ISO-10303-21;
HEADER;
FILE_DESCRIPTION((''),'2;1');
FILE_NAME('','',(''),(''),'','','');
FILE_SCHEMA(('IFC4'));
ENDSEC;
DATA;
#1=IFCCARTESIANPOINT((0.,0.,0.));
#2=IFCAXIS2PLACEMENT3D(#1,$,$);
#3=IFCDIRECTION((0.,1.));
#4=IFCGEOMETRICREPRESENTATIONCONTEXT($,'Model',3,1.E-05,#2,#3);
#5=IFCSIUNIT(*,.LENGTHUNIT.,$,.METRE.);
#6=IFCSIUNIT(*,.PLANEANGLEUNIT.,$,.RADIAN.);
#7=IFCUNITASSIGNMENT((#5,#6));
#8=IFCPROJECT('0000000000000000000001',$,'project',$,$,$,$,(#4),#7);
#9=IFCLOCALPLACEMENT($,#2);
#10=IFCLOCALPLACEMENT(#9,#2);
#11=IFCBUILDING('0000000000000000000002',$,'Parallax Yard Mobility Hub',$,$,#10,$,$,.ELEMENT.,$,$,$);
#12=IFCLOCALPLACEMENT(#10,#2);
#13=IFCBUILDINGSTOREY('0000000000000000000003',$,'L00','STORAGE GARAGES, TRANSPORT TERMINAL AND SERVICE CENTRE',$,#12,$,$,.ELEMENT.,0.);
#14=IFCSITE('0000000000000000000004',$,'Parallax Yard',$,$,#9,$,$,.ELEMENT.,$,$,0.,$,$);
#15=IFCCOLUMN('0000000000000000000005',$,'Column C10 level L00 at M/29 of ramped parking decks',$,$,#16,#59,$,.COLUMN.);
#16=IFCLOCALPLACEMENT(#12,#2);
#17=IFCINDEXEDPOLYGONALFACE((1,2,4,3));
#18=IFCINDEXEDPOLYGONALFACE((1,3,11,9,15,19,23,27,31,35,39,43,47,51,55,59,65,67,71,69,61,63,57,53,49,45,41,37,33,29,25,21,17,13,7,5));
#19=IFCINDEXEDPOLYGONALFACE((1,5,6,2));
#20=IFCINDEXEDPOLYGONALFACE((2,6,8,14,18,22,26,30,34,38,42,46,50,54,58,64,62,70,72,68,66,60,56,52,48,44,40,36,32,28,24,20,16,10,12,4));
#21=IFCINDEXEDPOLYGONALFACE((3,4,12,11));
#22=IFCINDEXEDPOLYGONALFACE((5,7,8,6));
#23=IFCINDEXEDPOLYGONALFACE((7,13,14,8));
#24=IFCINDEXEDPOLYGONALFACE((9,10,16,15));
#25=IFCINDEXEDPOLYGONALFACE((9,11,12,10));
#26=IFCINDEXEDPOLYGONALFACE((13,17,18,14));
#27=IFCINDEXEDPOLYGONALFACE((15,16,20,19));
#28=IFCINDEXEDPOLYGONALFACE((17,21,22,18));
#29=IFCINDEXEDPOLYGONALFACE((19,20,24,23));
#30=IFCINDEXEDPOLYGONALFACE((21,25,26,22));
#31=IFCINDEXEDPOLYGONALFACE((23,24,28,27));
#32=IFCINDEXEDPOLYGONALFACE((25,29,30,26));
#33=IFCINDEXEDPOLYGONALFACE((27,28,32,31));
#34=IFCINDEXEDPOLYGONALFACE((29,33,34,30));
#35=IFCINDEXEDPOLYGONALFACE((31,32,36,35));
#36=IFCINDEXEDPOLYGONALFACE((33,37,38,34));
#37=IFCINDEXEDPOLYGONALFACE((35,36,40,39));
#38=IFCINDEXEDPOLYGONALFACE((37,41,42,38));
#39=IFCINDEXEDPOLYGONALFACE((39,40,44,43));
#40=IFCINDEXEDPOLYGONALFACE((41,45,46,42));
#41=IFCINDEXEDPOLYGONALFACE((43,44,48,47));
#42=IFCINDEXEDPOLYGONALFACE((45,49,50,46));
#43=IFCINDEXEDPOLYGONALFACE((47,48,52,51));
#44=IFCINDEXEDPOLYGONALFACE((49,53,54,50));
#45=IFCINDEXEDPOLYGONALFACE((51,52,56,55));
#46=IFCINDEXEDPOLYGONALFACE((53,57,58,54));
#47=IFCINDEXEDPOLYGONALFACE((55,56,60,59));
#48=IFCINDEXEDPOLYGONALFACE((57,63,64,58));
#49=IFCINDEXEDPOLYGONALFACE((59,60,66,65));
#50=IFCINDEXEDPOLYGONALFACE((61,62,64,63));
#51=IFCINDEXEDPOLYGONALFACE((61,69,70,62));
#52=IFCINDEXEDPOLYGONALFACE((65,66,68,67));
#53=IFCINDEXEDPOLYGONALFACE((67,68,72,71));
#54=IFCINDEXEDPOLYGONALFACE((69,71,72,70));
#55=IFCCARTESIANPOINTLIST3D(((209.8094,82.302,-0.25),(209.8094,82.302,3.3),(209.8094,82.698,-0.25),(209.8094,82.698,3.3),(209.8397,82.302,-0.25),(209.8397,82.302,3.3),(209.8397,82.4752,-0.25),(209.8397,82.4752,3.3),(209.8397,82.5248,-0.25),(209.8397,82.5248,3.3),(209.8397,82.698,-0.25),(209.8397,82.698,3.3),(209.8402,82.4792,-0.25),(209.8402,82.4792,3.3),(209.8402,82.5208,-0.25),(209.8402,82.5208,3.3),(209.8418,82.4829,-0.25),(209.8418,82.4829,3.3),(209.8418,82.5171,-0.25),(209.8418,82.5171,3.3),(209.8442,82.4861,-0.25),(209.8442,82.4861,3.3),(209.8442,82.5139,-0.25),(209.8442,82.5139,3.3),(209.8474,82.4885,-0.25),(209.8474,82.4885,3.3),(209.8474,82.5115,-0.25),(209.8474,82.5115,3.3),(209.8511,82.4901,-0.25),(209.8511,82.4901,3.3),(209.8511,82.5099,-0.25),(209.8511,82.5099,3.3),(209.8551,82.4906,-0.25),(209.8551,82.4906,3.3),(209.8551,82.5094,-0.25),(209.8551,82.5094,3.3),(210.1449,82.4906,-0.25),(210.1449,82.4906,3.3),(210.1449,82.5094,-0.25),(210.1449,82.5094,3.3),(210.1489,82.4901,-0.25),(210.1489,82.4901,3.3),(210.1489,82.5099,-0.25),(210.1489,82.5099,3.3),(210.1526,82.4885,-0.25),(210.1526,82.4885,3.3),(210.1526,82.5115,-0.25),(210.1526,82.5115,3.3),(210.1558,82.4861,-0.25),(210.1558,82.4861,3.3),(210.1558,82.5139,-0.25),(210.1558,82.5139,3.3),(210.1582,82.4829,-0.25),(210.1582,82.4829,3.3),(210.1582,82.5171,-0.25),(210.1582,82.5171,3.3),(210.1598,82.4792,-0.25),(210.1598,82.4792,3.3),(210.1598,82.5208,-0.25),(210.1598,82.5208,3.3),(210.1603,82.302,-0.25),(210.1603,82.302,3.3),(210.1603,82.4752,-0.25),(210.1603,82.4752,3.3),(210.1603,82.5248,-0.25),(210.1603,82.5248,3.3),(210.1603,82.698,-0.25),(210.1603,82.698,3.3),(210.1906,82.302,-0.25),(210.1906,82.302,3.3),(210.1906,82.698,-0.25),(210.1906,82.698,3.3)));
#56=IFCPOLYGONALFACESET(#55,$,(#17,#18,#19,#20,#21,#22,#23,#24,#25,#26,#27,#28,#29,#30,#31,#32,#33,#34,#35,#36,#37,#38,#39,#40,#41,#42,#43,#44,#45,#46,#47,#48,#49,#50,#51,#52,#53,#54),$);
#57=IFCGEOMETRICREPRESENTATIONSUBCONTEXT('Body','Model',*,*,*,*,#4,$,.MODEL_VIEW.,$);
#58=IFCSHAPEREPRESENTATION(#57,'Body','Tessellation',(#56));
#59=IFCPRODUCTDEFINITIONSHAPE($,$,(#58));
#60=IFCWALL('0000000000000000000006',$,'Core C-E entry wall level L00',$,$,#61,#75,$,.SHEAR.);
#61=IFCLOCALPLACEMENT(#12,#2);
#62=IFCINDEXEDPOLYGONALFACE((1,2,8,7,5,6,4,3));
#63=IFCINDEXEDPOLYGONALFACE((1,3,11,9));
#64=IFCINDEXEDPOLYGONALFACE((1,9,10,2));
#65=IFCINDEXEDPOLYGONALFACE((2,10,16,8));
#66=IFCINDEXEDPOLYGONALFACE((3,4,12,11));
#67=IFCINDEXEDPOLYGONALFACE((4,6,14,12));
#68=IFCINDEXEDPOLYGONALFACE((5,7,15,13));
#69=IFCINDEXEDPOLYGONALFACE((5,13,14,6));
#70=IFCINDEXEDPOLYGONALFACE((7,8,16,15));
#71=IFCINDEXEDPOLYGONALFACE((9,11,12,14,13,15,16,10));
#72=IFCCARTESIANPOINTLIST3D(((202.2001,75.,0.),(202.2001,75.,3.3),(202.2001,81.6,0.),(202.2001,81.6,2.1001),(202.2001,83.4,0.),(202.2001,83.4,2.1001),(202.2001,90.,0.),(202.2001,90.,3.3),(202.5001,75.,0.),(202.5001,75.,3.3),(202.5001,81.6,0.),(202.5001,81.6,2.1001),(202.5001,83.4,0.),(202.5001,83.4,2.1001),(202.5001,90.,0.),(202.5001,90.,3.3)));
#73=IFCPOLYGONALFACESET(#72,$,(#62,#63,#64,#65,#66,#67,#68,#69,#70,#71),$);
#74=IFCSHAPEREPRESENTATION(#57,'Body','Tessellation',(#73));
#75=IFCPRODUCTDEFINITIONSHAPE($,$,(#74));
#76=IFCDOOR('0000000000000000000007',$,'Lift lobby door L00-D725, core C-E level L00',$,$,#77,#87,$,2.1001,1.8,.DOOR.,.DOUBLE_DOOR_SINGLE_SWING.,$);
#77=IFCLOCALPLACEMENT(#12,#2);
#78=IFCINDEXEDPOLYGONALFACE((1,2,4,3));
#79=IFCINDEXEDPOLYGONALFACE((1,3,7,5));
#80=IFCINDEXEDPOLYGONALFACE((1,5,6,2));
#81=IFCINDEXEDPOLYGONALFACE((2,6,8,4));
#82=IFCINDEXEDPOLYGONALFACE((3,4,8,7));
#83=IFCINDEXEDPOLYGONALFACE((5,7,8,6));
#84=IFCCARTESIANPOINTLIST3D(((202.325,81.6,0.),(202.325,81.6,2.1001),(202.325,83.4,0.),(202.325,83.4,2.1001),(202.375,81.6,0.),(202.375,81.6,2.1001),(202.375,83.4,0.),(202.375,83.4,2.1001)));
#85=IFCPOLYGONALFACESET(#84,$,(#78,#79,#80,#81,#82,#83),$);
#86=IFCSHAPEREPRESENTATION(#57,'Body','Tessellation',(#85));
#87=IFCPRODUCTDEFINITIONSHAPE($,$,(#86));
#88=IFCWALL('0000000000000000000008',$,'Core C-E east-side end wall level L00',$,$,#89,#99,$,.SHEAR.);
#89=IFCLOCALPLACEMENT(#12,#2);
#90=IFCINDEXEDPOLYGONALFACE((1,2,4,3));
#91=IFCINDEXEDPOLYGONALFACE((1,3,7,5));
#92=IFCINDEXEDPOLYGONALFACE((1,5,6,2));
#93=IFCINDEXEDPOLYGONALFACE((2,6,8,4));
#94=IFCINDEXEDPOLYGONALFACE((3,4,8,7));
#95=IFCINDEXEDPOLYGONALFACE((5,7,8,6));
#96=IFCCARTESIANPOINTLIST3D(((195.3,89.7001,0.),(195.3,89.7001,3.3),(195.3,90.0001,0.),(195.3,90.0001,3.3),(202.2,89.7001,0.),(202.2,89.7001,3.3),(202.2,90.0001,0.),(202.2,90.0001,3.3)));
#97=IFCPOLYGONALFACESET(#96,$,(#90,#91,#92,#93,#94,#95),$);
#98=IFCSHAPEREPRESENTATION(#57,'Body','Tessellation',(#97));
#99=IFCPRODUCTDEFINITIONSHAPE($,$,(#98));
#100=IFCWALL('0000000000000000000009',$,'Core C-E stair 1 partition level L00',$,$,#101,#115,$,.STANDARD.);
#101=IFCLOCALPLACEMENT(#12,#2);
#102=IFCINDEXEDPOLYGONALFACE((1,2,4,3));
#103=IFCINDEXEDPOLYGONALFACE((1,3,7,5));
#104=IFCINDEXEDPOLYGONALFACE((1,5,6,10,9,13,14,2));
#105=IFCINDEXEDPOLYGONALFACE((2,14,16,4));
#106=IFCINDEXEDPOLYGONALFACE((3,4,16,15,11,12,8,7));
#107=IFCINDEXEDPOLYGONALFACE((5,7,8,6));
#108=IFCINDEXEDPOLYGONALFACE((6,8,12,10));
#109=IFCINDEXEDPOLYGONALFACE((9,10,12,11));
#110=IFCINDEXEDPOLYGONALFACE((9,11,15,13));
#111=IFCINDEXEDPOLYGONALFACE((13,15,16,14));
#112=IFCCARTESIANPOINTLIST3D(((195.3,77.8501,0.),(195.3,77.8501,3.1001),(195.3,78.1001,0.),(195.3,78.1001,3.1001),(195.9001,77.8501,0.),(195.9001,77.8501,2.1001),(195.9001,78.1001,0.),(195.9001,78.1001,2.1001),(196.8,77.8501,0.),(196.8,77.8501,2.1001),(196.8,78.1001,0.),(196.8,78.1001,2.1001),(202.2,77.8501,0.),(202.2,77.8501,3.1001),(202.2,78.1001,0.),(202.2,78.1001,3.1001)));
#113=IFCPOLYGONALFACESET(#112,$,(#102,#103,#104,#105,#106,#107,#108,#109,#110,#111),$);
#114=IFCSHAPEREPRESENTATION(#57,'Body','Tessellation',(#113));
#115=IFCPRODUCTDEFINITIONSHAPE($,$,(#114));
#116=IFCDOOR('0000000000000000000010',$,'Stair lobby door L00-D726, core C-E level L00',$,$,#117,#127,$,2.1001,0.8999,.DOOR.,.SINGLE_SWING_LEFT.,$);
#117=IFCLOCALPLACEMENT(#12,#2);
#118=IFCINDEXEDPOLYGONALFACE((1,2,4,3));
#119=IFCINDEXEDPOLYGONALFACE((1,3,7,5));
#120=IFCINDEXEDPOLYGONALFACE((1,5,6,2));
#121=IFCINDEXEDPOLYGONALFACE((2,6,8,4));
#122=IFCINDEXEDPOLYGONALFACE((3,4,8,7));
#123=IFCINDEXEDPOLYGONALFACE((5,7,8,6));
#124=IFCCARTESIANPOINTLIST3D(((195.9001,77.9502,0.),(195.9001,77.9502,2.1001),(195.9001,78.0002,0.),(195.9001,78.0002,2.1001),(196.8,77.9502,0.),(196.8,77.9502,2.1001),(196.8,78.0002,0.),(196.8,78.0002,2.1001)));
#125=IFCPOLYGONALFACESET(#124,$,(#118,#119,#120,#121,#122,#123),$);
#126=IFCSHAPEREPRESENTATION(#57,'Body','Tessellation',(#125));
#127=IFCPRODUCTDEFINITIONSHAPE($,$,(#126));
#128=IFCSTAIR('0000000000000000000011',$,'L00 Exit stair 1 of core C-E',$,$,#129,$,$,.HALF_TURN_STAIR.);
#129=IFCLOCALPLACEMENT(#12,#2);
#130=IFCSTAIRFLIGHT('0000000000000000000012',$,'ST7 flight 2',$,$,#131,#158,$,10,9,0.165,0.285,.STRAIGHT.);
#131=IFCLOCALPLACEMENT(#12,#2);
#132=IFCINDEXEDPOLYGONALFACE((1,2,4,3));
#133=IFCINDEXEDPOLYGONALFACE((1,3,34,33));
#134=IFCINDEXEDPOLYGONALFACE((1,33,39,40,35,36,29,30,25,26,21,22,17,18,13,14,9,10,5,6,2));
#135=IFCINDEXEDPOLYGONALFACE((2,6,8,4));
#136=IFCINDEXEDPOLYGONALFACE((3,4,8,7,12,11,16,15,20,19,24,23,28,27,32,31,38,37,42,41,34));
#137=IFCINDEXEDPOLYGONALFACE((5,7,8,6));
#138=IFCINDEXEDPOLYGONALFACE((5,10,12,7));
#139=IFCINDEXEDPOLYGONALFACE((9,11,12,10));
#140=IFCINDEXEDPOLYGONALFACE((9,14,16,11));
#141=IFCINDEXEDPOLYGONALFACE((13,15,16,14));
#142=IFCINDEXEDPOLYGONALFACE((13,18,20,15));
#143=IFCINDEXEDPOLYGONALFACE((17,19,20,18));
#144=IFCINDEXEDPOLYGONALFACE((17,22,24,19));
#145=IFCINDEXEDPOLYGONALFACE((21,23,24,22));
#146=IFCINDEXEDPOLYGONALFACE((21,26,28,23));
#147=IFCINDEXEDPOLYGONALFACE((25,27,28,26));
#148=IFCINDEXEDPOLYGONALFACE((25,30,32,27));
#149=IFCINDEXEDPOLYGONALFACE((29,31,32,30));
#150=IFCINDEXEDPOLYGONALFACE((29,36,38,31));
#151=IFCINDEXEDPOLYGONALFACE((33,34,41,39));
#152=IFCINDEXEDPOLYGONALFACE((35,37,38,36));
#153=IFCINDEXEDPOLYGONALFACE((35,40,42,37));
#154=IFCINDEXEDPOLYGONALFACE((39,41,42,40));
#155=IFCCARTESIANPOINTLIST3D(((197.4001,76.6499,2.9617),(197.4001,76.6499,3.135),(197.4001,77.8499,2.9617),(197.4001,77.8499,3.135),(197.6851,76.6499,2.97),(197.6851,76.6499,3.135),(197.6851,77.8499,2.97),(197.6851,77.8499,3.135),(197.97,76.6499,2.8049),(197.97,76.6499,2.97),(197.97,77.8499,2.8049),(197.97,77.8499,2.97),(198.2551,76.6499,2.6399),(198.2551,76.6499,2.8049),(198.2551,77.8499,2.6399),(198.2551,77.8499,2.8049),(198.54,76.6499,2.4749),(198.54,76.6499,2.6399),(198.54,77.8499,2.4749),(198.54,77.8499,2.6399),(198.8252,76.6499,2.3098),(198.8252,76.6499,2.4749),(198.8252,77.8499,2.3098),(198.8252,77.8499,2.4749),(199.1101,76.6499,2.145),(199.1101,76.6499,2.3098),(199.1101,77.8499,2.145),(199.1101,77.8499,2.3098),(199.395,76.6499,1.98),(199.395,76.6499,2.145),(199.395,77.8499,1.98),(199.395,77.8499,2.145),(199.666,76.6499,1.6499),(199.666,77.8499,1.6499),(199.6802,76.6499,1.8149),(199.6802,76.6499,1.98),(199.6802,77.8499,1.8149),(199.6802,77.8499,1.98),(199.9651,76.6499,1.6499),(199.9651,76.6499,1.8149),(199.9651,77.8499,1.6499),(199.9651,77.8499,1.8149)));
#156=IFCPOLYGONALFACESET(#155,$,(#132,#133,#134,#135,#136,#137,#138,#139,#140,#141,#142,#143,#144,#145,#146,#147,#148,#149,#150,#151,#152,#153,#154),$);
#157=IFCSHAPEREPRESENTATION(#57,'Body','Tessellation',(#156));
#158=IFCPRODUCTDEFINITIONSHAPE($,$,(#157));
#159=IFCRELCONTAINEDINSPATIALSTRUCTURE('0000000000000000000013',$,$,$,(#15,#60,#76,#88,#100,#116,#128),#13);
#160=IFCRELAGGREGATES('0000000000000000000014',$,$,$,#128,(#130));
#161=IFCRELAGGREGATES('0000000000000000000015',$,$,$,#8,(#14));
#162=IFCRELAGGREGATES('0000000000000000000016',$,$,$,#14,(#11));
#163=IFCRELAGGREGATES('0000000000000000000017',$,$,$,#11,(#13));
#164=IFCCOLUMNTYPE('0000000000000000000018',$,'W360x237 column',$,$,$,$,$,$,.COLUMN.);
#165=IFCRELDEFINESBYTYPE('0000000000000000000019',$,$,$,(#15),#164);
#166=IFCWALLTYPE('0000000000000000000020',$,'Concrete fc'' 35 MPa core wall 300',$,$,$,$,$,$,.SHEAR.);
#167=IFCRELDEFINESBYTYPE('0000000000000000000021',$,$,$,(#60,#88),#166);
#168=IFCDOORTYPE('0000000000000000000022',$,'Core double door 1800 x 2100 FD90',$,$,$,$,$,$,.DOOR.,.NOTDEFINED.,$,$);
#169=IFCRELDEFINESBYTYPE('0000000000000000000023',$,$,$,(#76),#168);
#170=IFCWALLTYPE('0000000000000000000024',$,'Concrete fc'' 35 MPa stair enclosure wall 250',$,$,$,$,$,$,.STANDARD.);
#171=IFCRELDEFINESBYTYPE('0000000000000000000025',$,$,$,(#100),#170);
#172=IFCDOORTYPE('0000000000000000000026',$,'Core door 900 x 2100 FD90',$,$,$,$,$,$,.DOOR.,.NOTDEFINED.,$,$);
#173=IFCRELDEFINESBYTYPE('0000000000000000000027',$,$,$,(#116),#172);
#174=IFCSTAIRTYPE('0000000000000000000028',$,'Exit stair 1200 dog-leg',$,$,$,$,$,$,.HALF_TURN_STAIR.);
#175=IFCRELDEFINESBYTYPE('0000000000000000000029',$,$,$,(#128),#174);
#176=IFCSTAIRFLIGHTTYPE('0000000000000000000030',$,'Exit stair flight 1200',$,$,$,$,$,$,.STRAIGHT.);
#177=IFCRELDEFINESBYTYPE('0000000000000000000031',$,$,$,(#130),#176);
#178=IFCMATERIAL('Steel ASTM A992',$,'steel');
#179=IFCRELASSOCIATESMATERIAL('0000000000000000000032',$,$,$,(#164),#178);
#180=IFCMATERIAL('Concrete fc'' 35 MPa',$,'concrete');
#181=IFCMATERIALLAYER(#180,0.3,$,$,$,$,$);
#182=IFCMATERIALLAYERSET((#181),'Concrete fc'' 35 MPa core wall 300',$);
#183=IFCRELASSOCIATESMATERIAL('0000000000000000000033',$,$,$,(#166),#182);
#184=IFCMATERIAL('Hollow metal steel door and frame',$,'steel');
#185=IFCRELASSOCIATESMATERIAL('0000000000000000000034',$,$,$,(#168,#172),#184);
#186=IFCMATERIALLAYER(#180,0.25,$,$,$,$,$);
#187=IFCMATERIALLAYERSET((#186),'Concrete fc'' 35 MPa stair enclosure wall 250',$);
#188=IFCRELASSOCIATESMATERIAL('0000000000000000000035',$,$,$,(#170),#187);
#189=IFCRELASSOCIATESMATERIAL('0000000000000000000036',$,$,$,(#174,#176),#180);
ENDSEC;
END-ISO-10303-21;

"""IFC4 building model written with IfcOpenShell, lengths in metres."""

from ifc_helpers import new_model, si_unit, direction, frame, frame_2d, origin, origin_2d, place, context, subcontext, project, spatial, polyline, rectangle, i_section, outline, extrude, material, layer, layer_set, material_profile, profile_set, type_object, element, fill, aggregate, save


model = new_model("IFC4")

# Units and contexts
model_context = context("Model", 3, precision=1e-05, world=origin(), true_north=direction((0.0, 1.0)))
body_context = subcontext(model_context, "Body", "Model", "MODEL_VIEW")
ifc_project = project(units=[si_unit("LENGTHUNIT", "METRE"), si_unit("PLANEANGLEUNIT", "RADIAN")], contexts=[model_context])

# Site, building, storey
site_placement = place(None, origin())
site = spatial("IfcSite", under=ifc_project, at=site_placement, Name="Parallax Yard", CompositionType="ELEMENT", RefElevation=0.0)
building_placement = place(site_placement, origin())
building = spatial("IfcBuilding", under=site, at=building_placement, Name="Parallax Yard Mobility Hub", CompositionType="ELEMENT")
storey_placement = place(building_placement, origin())
storey = spatial("IfcBuildingStorey", under=building, at=storey_placement, Name="L00", Description="STORAGE GARAGES, TRANSPORT TERMINAL AND SERVICE CENTRE", CompositionType="ELEMENT", Elevation=0.0)

# Column
ifc_material_1 = material(Name="Steel ASTM A992", Category="steel")
ifc_material_profile_1 = material_profile(ifc_material_1, i_section(OverallWidth=0.396, OverallDepth=0.3811, WebThickness=0.0188, FlangeThickness=0.0303, FilletRadius=0.0154, at=origin_2d()), Name="W360x237")
ifc_profile_set_1 = profile_set([ifc_material_profile_1], Name="Steel ASTM A992")
column_type = type_object("IfcColumnType", Name="W360x237 column", PredefinedType="COLUMN", material=ifc_profile_set_1)
column_placement = place(storey_placement, frame((210.0, 82.5, -0.25), z_axis=(0.0, 0.0, 1.0), x_axis=(0.0, 1.0, 0.0)))
element("IfcColumn", 1, at=column_placement, inside=storey, type_object=column_type, Name="Column C10 level L00 at M/29 of ramped parking decks", PredefinedType="COLUMN", context=body_context, shape_type="SweptSolid", body=[
    extrude(i_section(OverallWidth=0.396, OverallDepth=0.3811, WebThickness=0.0188, FlangeThickness=0.0303, FilletRadius=0.0154, at=origin_2d()), origin(), (0.0, 0.0, 1.0), 3.55),
])

# Wall, opening, door
ifc_material_2 = material(Name="Concrete fc' 35 MPa", Category="concrete")
ifc_layer_1 = layer(ifc_material_2, 0.3)
ifc_layer_set_1 = layer_set([ifc_layer_1], Name="Concrete fc' 35 MPa core wall 300")
wall_type_1 = type_object("IfcWallType", Name="Concrete fc' 35 MPa core wall 300", PredefinedType="SHEAR", material=ifc_layer_set_1)
wall_1_placement = place(storey_placement, frame((202.3501, 90.0, 0.0), z_axis=(0.0, 0.0, 1.0), x_axis=(0.0, -1.0, 0.0)))
wall_1 = element("IfcWall", 2, at=wall_1_placement, inside=storey, type_object=wall_type_1, Name="Core C-E entry wall level L00", PredefinedType="SHEAR", context=body_context, shape_type="SweptSolid", body=[
    extrude(rectangle(XDim=15.0, YDim=0.3, at=frame_2d((7.5, 0.0))), origin(), (0.0, 0.0, 1.0), 3.3),
])
opening_1_placement = place(wall_1_placement, frame((6.6001, 0.0, 0.0)))
opening_1 = element("IfcOpeningElement", 3, at=opening_1_placement, cuts=wall_1, PredefinedType="OPENING", context=body_context, shape_type="SweptSolid", body=[
    extrude(rectangle(XDim=1.8, YDim=2.1001, at=frame_2d((0.8999, 1.05))), frame((0.0, 0.1602, 0.0), z_axis=(0.0, -1.0, 0.0), x_axis=(1.0, 0.0, 0.0)), (0.0, 0.0, 1.0), 0.3201),
])
ifc_material_3 = material(Name="Hollow metal steel door and frame", Category="steel")
door_type_1 = type_object("IfcDoorType", Name="Core double door 1800 x 2100 FD90", OperationType="NOTDEFINED", PredefinedType="DOOR", material=ifc_material_3)
door_1_placement = place(opening_1_placement, origin())
door_1 = element("IfcDoor", 4, at=door_1_placement, inside=storey, type_object=door_type_1, Name="Lift lobby door L00-D725, core C-E level L00", OperationType="DOUBLE_DOOR_SINGLE_SWING", OverallHeight=2.1001, OverallWidth=1.8, PredefinedType="DOOR", context=body_context, shape_type="SweptSolid", body=[
    extrude(rectangle(XDim=1.8, YDim=2.1001, at=frame_2d((0.8999, 1.05))), frame((0.0, 0.0249, 0.0), z_axis=(0.0, -1.0, 0.0), x_axis=(1.0, 0.0, 0.0)), (0.0, 0.0, 1.0), 0.05),
])
fill(opening_1, door_1)

# Wall
wall_2_placement = place(storey_placement, frame((202.2, 89.8501, 0.0), z_axis=(0.0, 0.0, 1.0), x_axis=(-1.0, 0.0, 0.0)))
element("IfcWall", 5, at=wall_2_placement, inside=storey, type_object=wall_type_1, Name="Core C-E east-side end wall level L00", PredefinedType="SHEAR", context=body_context, shape_type="SweptSolid", body=[
    extrude(rectangle(XDim=6.8999, YDim=0.3, at=frame_2d((3.45, 0.0))), origin(), (0.0, 0.0, 1.0), 3.3),
])

# Wall, opening, door
ifc_layer_2 = layer(ifc_material_2, 0.25)
ifc_layer_set_2 = layer_set([ifc_layer_2], Name="Concrete fc' 35 MPa stair enclosure wall 250")
wall_type_2 = type_object("IfcWallType", Name="Concrete fc' 35 MPa stair enclosure wall 250", PredefinedType="STANDARD", material=ifc_layer_set_2)
wall_3_placement = place(storey_placement, frame((202.2, 77.9751, 0.0), z_axis=(0.0, 0.0, 1.0), x_axis=(-1.0, 0.0, 0.0)))
wall_3 = element("IfcWall", 6, at=wall_3_placement, inside=storey, type_object=wall_type_2, Name="Core C-E stair 1 partition level L00", PredefinedType="STANDARD", context=body_context, shape_type="SweptSolid", body=[
    extrude(rectangle(XDim=6.8999, YDim=0.25, at=frame_2d((3.45, 0.0))), origin(), (0.0, 0.0, 1.0), 3.1001),
])
opening_2_placement = place(wall_3_placement, frame((5.3999, 0.0, 0.0)))
opening_2 = element("IfcOpeningElement", 7, at=opening_2_placement, cuts=wall_3, PredefinedType="OPENING", context=body_context, shape_type="SweptSolid", body=[
    extrude(rectangle(XDim=0.8999, YDim=2.1001, at=frame_2d((0.45, 1.05))), frame((0.0, 0.135, 0.0), z_axis=(0.0, -1.0, 0.0), x_axis=(1.0, 0.0, 0.0)), (0.0, 0.0, 1.0), 0.27),
])
door_type_2 = type_object("IfcDoorType", Name="Core door 900 x 2100 FD90", OperationType="NOTDEFINED", PredefinedType="DOOR", material=ifc_material_3)
door_2_placement = place(opening_2_placement, origin())
door_2 = element("IfcDoor", 8, at=door_2_placement, inside=storey, type_object=door_type_2, Name="Stair lobby door L00-D726, core C-E level L00", OperationType="SINGLE_SWING_LEFT", OverallHeight=2.1001, OverallWidth=0.8999, PredefinedType="DOOR", context=body_context, shape_type="SweptSolid", body=[
    extrude(rectangle(XDim=0.8999, YDim=2.1001, at=frame_2d((0.45, 1.05))), frame((0.0, 0.0249, 0.0), z_axis=(0.0, -1.0, 0.0), x_axis=(1.0, 0.0, 0.0)), (0.0, 0.0, 1.0), 0.05),
])
fill(opening_2, door_2)

# Stair, stair flight
stair_type = type_object("IfcStairType", Name="Exit stair 1200 dog-leg", PredefinedType="HALF_TURN_STAIR", material=ifc_material_2)
stair_1_placement = place(storey_placement, origin())
stair_1 = element("IfcStair", 9, at=stair_1_placement, inside=storey, type_object=stair_type, Name="L00 Exit stair 1 of core C-E", PredefinedType="HALF_TURN_STAIR")
stair_flight_type = type_object("IfcStairFlightType", Name="Exit stair flight 1200", PredefinedType="STRAIGHT", material=ifc_material_2)
stair_flight_1_placement = place(storey_placement, frame((199.9651, 77.25, 1.6499), z_axis=(0.0, 0.0, 1.0), x_axis=(-1.0, 0.0, 0.0)))
stair_flight_1 = element("IfcStairFlight", 10, at=stair_flight_1_placement, type_object=stair_flight_type, Name="ST7 flight 2", NumberOfRisers=10, NumberOfTreads=9, PredefinedType="STRAIGHT", RiserHeight=0.165, TreadLength=0.285, context=body_context, shape_type="SweptSolid", body=[
    extrude(outline(polyline([(0.0, 0.0), (0.0, 0.165), (0.2849, 0.165), (0.2849, 0.3301), (0.5701, 0.3301), (0.5701, 0.4951), (0.855, 0.4951), (0.855, 0.6599), (1.1399, 0.6599), (1.1399, 0.825), (1.425, 0.825), (1.425, 0.99), (1.71, 0.99), (1.71, 1.155), (1.9951, 1.155), (1.9951, 1.3201), (2.28, 1.3201), (2.28, 1.4851), (2.5649, 1.4851), (2.5649, 1.6499), (2.5649, 1.3118), (0.2991, 0.0), (0.0, 0.0)])), frame((0.0, 0.6001, 0.0), z_axis=(0.0, -1.0, 0.0), x_axis=(1.0, 0.0, 0.0)), (0.0, 0.0, 1.0), 1.2),
])
aggregate(stair_1, [stair_flight_1])

save(model, "model.ifc")
